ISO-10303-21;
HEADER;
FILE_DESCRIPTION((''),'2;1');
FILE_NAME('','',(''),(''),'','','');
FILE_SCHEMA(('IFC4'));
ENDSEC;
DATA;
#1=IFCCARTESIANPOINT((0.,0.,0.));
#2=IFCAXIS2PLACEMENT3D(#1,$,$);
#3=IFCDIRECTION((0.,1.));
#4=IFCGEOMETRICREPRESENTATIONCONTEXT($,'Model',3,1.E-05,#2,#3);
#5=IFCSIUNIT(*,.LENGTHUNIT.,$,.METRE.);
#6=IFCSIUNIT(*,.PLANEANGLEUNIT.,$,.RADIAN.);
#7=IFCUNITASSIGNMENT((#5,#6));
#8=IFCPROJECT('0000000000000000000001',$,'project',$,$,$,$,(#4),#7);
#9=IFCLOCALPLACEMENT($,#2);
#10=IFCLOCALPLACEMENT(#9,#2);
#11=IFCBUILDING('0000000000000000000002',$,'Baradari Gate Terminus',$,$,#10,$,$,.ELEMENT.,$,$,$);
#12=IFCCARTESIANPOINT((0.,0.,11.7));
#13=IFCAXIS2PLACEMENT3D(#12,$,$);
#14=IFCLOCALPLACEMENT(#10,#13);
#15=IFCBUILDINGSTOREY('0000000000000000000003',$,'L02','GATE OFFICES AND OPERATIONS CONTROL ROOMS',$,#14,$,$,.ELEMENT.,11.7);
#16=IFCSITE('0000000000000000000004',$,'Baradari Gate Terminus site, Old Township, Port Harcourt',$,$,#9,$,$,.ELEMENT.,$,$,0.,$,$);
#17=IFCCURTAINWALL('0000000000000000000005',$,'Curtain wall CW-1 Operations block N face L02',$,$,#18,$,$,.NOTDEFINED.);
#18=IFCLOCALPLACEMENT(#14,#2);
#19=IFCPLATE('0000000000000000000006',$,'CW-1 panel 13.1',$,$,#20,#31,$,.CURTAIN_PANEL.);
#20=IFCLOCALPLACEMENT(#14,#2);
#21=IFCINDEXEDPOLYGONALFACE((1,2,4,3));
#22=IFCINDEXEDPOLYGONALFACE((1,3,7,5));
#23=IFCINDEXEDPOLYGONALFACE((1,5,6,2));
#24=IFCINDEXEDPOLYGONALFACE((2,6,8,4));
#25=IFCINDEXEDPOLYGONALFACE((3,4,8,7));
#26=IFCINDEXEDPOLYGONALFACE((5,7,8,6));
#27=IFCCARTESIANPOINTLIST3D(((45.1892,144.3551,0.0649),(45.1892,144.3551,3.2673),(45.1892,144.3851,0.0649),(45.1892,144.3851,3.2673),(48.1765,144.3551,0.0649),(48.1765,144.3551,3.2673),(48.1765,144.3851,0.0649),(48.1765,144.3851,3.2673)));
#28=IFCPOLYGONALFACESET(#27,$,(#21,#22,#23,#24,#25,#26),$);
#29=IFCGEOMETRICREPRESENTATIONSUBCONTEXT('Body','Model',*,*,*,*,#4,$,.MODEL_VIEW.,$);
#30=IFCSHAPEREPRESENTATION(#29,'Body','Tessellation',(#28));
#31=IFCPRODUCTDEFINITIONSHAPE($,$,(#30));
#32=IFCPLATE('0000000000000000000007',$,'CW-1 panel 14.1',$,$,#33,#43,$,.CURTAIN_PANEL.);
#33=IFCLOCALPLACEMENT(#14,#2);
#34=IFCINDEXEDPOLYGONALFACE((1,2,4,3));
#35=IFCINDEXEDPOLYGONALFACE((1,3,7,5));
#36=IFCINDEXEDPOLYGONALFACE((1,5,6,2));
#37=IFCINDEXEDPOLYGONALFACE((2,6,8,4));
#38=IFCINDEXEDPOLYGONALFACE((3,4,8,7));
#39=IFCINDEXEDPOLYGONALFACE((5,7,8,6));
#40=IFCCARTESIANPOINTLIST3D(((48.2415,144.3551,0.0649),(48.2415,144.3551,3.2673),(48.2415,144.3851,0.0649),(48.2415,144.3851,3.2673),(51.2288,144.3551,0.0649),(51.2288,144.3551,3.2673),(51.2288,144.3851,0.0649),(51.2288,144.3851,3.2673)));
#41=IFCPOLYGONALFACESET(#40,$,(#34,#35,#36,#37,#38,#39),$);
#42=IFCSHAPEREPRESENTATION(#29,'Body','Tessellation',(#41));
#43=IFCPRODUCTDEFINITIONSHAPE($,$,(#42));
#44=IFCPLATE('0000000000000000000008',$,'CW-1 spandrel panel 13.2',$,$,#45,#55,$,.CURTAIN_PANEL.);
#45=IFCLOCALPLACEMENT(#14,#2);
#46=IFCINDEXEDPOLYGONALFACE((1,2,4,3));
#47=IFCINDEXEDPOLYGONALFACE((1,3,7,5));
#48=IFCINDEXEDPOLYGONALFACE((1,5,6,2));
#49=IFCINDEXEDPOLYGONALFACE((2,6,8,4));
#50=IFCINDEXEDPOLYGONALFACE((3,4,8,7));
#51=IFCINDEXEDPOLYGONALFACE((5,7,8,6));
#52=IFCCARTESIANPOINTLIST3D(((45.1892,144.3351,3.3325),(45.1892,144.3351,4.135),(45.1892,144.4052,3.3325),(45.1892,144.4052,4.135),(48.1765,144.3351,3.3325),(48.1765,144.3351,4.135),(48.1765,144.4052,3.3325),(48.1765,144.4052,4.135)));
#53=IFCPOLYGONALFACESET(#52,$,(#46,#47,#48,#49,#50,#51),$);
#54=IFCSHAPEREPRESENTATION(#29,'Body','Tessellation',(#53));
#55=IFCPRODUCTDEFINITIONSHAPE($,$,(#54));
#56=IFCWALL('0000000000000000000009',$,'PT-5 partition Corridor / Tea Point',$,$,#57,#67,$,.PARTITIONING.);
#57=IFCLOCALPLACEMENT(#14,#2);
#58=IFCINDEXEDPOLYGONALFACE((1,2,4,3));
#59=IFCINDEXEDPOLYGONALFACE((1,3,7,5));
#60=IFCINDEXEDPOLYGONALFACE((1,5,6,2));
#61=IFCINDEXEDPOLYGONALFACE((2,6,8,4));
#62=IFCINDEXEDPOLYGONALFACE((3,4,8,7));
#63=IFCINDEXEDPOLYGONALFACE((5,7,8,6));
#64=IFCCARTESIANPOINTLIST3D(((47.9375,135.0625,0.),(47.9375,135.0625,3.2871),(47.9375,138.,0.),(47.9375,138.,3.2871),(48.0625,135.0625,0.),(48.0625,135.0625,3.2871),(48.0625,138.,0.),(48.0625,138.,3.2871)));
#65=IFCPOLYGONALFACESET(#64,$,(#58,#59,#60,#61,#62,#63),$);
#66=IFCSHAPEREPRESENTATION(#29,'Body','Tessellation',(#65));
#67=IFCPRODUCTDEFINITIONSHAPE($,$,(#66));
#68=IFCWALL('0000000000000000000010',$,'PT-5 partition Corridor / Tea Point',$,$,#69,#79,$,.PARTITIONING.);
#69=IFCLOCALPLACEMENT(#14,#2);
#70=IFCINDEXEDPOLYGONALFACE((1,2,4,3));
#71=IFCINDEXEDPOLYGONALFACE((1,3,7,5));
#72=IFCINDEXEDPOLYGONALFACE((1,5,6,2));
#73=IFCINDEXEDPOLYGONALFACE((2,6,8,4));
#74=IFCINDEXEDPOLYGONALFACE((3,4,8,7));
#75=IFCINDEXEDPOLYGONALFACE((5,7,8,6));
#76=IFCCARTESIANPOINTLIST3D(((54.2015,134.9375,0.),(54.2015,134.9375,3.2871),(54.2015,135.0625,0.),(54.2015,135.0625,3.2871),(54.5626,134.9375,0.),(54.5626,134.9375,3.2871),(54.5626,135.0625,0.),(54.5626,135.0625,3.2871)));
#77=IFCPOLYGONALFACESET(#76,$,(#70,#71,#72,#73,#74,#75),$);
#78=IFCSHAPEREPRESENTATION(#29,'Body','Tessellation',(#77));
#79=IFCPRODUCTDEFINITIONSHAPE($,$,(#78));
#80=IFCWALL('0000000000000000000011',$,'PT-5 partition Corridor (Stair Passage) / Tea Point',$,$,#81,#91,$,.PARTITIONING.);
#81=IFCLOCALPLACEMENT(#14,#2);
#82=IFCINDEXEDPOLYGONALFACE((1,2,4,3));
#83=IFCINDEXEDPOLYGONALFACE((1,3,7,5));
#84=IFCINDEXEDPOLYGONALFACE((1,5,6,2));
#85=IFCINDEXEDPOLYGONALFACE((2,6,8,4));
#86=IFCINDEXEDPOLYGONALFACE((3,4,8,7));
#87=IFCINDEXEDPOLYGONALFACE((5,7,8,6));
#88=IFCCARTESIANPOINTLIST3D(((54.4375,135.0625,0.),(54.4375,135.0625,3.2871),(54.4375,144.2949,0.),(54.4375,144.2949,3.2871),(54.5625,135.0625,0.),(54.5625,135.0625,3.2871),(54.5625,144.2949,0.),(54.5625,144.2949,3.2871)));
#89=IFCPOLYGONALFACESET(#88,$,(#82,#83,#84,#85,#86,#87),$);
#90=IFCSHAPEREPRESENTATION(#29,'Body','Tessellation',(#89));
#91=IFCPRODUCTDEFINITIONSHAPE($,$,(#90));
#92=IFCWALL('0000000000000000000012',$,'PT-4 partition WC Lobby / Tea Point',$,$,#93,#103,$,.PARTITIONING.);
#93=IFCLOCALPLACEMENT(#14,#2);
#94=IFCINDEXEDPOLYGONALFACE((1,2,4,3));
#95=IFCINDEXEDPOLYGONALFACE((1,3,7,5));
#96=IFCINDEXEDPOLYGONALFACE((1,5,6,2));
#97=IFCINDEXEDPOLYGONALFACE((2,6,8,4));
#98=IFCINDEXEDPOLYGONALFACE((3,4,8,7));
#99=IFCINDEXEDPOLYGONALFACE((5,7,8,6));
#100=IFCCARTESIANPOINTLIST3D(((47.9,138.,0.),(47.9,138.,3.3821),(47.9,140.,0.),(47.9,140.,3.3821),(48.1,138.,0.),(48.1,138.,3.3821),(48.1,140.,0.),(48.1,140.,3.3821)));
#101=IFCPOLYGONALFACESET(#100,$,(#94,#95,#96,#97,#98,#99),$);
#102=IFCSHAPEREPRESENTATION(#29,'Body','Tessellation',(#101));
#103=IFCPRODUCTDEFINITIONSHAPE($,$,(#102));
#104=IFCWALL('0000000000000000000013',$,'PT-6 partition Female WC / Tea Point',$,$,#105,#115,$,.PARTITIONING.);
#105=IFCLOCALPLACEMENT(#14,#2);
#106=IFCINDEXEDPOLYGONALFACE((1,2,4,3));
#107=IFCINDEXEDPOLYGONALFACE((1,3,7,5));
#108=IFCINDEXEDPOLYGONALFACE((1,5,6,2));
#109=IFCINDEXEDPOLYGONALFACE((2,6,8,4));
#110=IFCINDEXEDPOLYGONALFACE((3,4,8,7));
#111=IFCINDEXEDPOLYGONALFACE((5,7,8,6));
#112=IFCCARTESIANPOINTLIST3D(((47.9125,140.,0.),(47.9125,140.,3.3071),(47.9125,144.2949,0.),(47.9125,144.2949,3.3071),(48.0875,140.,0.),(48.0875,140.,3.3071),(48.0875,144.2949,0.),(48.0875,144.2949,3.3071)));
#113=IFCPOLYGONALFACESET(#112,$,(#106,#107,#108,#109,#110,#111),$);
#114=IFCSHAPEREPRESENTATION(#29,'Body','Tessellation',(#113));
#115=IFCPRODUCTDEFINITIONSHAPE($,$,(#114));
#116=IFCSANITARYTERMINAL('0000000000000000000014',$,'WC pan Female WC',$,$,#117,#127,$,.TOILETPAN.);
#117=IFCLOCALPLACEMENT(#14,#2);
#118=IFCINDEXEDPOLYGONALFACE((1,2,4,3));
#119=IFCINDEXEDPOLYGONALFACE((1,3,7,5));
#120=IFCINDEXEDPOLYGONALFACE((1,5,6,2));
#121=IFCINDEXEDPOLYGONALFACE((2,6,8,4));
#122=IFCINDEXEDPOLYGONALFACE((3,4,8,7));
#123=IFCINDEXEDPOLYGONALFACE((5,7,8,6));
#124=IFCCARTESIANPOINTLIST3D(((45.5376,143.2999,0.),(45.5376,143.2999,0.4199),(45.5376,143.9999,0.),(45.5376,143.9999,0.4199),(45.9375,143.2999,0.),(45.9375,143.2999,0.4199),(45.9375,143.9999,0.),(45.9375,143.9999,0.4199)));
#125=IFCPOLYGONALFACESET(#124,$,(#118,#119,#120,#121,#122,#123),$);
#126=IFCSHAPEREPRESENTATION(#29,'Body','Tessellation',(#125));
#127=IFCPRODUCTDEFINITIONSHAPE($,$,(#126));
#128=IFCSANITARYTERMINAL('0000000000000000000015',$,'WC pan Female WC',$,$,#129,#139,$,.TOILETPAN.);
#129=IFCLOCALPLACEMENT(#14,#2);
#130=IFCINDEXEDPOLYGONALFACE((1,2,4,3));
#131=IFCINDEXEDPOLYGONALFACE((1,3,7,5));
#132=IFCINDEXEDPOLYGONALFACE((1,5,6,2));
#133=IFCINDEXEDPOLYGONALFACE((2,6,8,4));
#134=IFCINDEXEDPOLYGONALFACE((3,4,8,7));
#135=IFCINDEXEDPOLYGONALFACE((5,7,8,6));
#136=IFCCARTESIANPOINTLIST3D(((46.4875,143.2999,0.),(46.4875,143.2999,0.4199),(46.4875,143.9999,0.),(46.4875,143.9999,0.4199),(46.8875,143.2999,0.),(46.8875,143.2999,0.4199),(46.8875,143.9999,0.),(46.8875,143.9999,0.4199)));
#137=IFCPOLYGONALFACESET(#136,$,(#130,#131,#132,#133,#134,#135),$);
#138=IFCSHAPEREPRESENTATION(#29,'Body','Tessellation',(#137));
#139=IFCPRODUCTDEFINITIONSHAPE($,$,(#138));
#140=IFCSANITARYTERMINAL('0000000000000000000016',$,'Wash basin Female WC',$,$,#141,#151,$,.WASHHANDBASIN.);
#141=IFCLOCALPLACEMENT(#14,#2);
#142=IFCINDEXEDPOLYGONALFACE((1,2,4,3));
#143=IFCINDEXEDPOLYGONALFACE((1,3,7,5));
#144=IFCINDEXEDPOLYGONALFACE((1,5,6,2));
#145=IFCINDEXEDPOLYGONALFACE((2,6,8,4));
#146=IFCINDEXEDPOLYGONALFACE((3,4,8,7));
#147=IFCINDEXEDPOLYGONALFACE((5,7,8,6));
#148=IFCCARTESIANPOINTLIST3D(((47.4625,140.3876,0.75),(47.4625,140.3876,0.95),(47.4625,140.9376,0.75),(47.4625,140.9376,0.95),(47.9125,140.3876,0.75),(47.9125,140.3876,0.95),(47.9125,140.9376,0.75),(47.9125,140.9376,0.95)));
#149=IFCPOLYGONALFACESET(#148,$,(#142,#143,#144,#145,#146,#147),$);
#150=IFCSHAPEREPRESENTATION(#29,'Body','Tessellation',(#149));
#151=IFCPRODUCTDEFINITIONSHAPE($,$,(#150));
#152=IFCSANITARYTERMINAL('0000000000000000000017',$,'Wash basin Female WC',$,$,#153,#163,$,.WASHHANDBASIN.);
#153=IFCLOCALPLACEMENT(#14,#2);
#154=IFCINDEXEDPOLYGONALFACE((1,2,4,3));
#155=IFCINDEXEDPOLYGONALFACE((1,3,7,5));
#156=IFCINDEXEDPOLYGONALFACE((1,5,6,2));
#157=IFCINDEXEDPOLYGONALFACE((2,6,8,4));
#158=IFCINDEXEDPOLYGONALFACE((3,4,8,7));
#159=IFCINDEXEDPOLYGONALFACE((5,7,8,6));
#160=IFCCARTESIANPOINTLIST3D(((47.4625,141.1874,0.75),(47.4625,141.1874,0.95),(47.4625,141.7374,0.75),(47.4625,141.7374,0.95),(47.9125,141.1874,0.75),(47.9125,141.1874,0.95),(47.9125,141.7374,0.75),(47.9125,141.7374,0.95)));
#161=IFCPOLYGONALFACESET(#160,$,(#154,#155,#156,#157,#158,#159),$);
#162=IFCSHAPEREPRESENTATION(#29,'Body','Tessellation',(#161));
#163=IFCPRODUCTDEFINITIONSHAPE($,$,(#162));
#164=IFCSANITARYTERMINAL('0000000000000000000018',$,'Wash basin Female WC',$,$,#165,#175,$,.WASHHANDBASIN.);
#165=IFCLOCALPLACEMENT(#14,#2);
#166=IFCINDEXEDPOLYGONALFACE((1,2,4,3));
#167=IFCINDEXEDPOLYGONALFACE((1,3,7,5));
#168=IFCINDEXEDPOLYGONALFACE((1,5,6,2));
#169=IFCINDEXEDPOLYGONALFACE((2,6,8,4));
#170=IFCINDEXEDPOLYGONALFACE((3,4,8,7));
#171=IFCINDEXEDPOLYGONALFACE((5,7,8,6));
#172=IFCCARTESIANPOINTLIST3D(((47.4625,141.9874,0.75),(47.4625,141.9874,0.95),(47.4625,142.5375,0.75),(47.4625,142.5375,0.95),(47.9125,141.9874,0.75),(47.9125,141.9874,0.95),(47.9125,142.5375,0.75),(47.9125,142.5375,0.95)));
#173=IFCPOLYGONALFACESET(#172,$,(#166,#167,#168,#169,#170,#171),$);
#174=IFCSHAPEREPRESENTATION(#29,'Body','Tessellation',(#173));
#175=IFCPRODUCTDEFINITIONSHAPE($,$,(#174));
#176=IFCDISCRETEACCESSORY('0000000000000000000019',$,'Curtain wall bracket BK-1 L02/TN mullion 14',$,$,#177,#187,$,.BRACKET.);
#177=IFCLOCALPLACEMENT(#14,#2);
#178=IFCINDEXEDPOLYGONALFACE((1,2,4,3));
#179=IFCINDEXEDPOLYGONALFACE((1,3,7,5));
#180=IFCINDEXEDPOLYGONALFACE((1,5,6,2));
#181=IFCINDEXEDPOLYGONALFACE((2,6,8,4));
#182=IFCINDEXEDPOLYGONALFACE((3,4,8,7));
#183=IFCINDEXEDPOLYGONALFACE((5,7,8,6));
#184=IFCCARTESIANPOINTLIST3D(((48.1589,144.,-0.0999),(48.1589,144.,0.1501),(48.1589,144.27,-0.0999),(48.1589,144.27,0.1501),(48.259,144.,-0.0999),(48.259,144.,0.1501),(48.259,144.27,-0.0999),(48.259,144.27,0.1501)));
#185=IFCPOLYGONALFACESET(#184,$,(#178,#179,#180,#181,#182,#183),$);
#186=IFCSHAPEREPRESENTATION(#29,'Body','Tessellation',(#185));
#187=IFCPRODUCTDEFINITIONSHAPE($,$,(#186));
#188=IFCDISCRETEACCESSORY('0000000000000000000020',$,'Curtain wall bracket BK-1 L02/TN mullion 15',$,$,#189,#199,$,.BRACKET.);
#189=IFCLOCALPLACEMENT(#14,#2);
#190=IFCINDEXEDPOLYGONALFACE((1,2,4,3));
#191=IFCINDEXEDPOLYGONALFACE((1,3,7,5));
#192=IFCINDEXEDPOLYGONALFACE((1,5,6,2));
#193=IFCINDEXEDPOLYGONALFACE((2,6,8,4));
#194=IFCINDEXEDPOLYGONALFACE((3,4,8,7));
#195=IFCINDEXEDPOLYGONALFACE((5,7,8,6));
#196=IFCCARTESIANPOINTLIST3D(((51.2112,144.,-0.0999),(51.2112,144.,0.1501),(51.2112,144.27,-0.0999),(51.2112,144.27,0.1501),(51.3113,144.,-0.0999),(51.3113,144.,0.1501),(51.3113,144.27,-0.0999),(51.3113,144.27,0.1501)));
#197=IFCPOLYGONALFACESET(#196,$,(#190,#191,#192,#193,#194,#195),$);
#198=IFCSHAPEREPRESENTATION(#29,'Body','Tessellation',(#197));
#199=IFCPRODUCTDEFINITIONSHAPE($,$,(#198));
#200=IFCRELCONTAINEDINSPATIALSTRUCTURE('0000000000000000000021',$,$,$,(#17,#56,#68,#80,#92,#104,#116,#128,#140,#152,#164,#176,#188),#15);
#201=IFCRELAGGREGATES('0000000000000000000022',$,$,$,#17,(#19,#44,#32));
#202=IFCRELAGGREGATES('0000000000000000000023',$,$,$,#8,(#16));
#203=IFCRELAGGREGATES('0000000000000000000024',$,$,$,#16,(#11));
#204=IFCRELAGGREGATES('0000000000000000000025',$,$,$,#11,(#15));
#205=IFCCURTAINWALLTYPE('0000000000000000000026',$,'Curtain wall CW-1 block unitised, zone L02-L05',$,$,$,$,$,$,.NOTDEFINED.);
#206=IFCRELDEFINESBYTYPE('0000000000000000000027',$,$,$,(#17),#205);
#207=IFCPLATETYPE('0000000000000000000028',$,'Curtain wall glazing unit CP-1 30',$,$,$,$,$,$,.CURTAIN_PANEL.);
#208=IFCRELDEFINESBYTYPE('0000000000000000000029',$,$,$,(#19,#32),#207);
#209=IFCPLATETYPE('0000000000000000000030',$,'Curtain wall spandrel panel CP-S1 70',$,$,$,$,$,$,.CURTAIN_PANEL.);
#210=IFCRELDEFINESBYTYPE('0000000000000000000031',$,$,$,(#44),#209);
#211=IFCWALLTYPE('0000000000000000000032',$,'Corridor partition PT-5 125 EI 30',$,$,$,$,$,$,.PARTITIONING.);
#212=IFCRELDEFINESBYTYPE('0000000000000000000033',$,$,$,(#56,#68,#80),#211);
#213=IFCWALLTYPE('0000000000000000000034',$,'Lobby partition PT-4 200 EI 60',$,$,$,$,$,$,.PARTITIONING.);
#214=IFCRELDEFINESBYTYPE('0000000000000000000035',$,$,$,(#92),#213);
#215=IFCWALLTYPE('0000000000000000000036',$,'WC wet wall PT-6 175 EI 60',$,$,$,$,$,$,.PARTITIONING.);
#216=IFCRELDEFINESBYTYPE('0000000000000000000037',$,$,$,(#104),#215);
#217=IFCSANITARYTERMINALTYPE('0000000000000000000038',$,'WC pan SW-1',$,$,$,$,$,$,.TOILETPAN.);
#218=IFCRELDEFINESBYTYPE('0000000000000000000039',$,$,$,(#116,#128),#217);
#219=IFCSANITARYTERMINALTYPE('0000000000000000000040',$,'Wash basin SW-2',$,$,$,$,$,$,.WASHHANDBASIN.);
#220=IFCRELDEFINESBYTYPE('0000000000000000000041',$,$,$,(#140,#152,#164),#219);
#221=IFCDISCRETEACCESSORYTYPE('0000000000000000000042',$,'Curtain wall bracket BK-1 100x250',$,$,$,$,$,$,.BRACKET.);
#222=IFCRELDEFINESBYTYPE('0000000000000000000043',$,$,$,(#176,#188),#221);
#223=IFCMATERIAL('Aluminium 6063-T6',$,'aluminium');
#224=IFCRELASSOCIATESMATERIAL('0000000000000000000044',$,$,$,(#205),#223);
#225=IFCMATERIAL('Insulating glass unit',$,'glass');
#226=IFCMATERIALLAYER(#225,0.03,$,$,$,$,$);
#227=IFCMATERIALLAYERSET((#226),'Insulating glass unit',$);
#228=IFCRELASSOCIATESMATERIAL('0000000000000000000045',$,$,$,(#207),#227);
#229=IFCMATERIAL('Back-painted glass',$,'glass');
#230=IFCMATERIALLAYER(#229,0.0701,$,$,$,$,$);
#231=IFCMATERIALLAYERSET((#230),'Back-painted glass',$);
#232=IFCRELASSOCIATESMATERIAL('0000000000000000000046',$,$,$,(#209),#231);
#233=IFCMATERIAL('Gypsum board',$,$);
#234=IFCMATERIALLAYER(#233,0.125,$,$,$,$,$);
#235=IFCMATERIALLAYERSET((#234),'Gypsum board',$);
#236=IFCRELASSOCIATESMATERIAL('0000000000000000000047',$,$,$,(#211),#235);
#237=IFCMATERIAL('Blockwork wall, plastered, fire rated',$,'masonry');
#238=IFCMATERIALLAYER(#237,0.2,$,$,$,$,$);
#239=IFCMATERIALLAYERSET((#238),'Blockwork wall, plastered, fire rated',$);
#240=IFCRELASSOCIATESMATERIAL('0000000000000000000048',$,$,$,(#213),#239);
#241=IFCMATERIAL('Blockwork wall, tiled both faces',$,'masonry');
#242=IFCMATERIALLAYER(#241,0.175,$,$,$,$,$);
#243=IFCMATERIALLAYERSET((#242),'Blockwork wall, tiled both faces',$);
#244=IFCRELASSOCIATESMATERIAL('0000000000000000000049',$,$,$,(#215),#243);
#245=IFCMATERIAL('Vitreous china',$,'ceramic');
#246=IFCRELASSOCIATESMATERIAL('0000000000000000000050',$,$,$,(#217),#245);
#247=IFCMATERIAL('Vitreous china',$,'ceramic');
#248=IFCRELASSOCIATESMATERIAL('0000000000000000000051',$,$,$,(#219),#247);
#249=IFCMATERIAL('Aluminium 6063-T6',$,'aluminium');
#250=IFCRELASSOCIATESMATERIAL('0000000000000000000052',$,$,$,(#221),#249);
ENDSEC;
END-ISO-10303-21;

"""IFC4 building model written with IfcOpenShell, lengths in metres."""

from ifc_helpers import new_model, si_unit, direction, frame, frame_2d, origin, origin_2d, place, context, subcontext, project, spatial, rectangle, extrude, material, layer, layer_set, type_object, element, aggregate, save


model = new_model("IFC4")

# Units and contexts
model_context = context("Model", 3, precision=1e-05, world=origin(), true_north=direction((0.0, 1.0)))
body_context = subcontext(model_context, "Body", "Model", "MODEL_VIEW")
ifc_project = project(units=[si_unit("LENGTHUNIT", "METRE"), si_unit("PLANEANGLEUNIT", "RADIAN")], contexts=[model_context])

# Site, building, storey
site_placement = place(None, origin())
site = spatial("IfcSite", under=ifc_project, at=site_placement, Name="Baradari Gate Terminus site, Old Township, Port Harcourt", CompositionType="ELEMENT", RefElevation=0.0)
building_placement = place(site_placement, origin())
building = spatial("IfcBuilding", under=site, at=building_placement, Name="Baradari Gate Terminus", CompositionType="ELEMENT")
storey_placement = place(building_placement, frame((0.0, 0.0, 11.7)))
storey = spatial("IfcBuildingStorey", under=building, at=storey_placement, Name="L02", Description="GATE OFFICES AND OPERATIONS CONTROL ROOMS", CompositionType="ELEMENT", Elevation=11.7)

# Curtain wall
ifc_material_1 = material(Name="Aluminium 6063-T6", Category="aluminium")
curtain_wall_type = type_object("IfcCurtainWallType", Name="Curtain wall CW-1 block unitised, zone L02-L05", PredefinedType="NOTDEFINED", material=ifc_material_1)
curtain_wall_placement = place(storey_placement, origin())
curtain_wall = element("IfcCurtainWall", 1, at=curtain_wall_placement, inside=storey, type_object=curtain_wall_type, Name="Curtain wall CW-1 Operations block N face L02", PredefinedType="NOTDEFINED")

# Plates
ifc_material_2 = material(Name="Insulating glass unit", Category="glass")
ifc_layer_1 = layer(ifc_material_2, 0.03)
ifc_layer_set_1 = layer_set([ifc_layer_1], Name="Insulating glass unit")
plate_type_1 = type_object("IfcPlateType", Name="Curtain wall glazing unit CP-1 30", PredefinedType="CURTAIN_PANEL", material=ifc_layer_set_1)
plate_1_placement = place(storey_placement, frame((46.6829, 144.3701, 0.0649), z_axis=(0.0, 0.0, 1.0), x_axis=(1.0, 0.0, 0.0)))
plate_1 = element("IfcPlate", 2, at=plate_1_placement, type_object=plate_type_1, Name="CW-1 panel 13.1", PredefinedType="CURTAIN_PANEL", context=body_context, shape_type="SweptSolid", body=[
    extrude(rectangle(XDim=2.9873, YDim=0.03, at=origin_2d()), origin(), (0.0, 0.0, 1.0), 3.2024),
])
plate_2_placement = place(storey_placement, frame((49.7351, 144.3701, 0.0649), z_axis=(0.0, 0.0, 1.0), x_axis=(1.0, 0.0, 0.0)))
plate_2 = element("IfcPlate", 3, at=plate_2_placement, type_object=plate_type_1, Name="CW-1 panel 14.1", PredefinedType="CURTAIN_PANEL", context=body_context, shape_type="SweptSolid", body=[
    extrude(rectangle(XDim=2.9873, YDim=0.03, at=origin_2d()), origin(), (0.0, 0.0, 1.0), 3.2024),
])
ifc_material_3 = material(Name="Back-painted glass", Category="glass")
ifc_layer_2 = layer(ifc_material_3, 0.0701)
ifc_layer_set_2 = layer_set([ifc_layer_2], Name="Back-painted glass")
plate_type_2 = type_object("IfcPlateType", Name="Curtain wall spandrel panel CP-S1 70", PredefinedType="CURTAIN_PANEL", material=ifc_layer_set_2)
plate_3_placement = place(storey_placement, frame((46.6829, 144.3701, 3.3325), z_axis=(0.0, 0.0, 1.0), x_axis=(1.0, 0.0, 0.0)))
plate_3 = element("IfcPlate", 4, at=plate_3_placement, type_object=plate_type_2, Name="CW-1 spandrel panel 13.2", PredefinedType="CURTAIN_PANEL", context=body_context, shape_type="SweptSolid", body=[
    extrude(rectangle(XDim=2.9873, YDim=0.0701, at=origin_2d()), origin(), (0.0, 0.0, 1.0), 0.8025),
])
aggregate(curtain_wall, [plate_1, plate_3, plate_2])

# Walls
ifc_material_4 = material(Name="Gypsum board")
ifc_layer_3 = layer(ifc_material_4, 0.125)
ifc_layer_set_3 = layer_set([ifc_layer_3], Name="Gypsum board")
wall_type_1 = type_object("IfcWallType", Name="Corridor partition PT-5 125 EI 30", PredefinedType="PARTITIONING", material=ifc_layer_set_3)
wall_1_placement = place(storey_placement, frame((48.0, 138.0, 0.0), z_axis=(0.0, 0.0, 1.0), x_axis=(0.0, -1.0, 0.0)))
element("IfcWall", 5, at=wall_1_placement, inside=storey, type_object=wall_type_1, Name="PT-5 partition Corridor / Tea Point", PredefinedType="PARTITIONING", context=body_context, shape_type="SweptSolid", body=[
    extrude(rectangle(XDim=2.9375, YDim=0.125, at=frame_2d((1.4688, 0.0))), origin(), (0.0, 0.0, 1.0), 3.2871),
])
wall_2_placement = place(storey_placement, frame((54.2014, 135.0, 0.0), z_axis=(0.0, 0.0, 1.0), x_axis=(1.0, 0.0, 0.0)))
element("IfcWall", 6, at=wall_2_placement, inside=storey, type_object=wall_type_1, Name="PT-5 partition Corridor / Tea Point", PredefinedType="PARTITIONING", context=body_context, shape_type="SweptSolid", body=[
    extrude(rectangle(XDim=0.3611, YDim=0.125, at=frame_2d((0.1807, 0.0))), origin(), (0.0, 0.0, 1.0), 3.2871),
])
wall_3_placement = place(storey_placement, frame((54.5, 135.0625, 0.0), z_axis=(0.0, 0.0, 1.0), x_axis=(0.0, 1.0, 0.0)))
element("IfcWall", 7, at=wall_3_placement, inside=storey, type_object=wall_type_1, Name="PT-5 partition Corridor (Stair Passage) / Tea Point", PredefinedType="PARTITIONING", context=body_context, shape_type="SweptSolid", body=[
    extrude(rectangle(XDim=9.2324, YDim=0.125, at=frame_2d((4.6162, 0.0))), origin(), (0.0, 0.0, 1.0), 3.2871),
])
ifc_material_5 = material(Name="Blockwork wall, plastered, fire rated", Category="masonry")
ifc_layer_4 = layer(ifc_material_5, 0.2)
ifc_layer_set_4 = layer_set([ifc_layer_4], Name="Blockwork wall, plastered, fire rated")
wall_type_2 = type_object("IfcWallType", Name="Lobby partition PT-4 200 EI 60", PredefinedType="PARTITIONING", material=ifc_layer_set_4)
wall_4_placement = place(storey_placement, frame((48.0, 140.0, 0.0), z_axis=(0.0, 0.0, 1.0), x_axis=(0.0, -1.0, 0.0)))
element("IfcWall", 8, at=wall_4_placement, inside=storey, type_object=wall_type_2, Name="PT-4 partition WC Lobby / Tea Point", PredefinedType="PARTITIONING", context=body_context, shape_type="SweptSolid", body=[
    extrude(rectangle(XDim=2.0, YDim=0.2, at=frame_2d((1.0, 0.0))), origin(), (0.0, 0.0, 1.0), 3.3821),
])
ifc_material_6 = material(Name="Blockwork wall, tiled both faces", Category="masonry")
ifc_layer_5 = layer(ifc_material_6, 0.175)
ifc_layer_set_5 = layer_set([ifc_layer_5], Name="Blockwork wall, tiled both faces")
wall_type_3 = type_object("IfcWallType", Name="WC wet wall PT-6 175 EI 60", PredefinedType="PARTITIONING", material=ifc_layer_set_5)
wall_5_placement = place(storey_placement, frame((48.0, 144.2949, 0.0), z_axis=(0.0, 0.0, 1.0), x_axis=(0.0, -1.0, 0.0)))
element("IfcWall", 9, at=wall_5_placement, inside=storey, type_object=wall_type_3, Name="PT-6 partition Female WC / Tea Point", PredefinedType="PARTITIONING", context=body_context, shape_type="SweptSolid", body=[
    extrude(rectangle(XDim=4.2949, YDim=0.175, at=frame_2d((2.1475, 0.0))), origin(), (0.0, 0.0, 1.0), 3.3071),
])

# Sanitary terminals
ifc_material_7 = material(Name="Vitreous china", Category="ceramic")
sanitary_terminal_type_1 = type_object("IfcSanitaryTerminalType", Name="WC pan SW-1", PredefinedType="TOILETPAN", material=ifc_material_7)
for number, where, z_axis, x_axis, name in (
    (10, (45.7375, 143.6499, 0.0), (0.0, 0.0, 1.0), (1.0, 0.0, 0.0), "WC pan Female WC"),
    (11, (46.6875, 143.6499, 0.0), (0.0, 0.0, 1.0), (1.0, 0.0, 0.0), "WC pan Female WC"),
):
    element("IfcSanitaryTerminal", number, at=place(storey_placement, frame(where, z_axis=z_axis, x_axis=x_axis)), inside=storey, type_object=sanitary_terminal_type_1, Name=name, PredefinedType="TOILETPAN", context=body_context, shape_type="SweptSolid", body=[
        extrude(rectangle(XDim=0.3999, YDim=0.7, at=origin_2d()), origin(), (0.0, 0.0, 1.0), 0.4199),
    ])
ifc_material_8 = material(Name="Vitreous china", Category="ceramic")
sanitary_terminal_type_2 = type_object("IfcSanitaryTerminalType", Name="Wash basin SW-2", PredefinedType="WASHHANDBASIN", material=ifc_material_8)
for number, where, z_axis, x_axis, name in (
    (12, (47.6875, 140.6626, 0.75), (0.0, 0.0, 1.0), (1.0, 0.0, 0.0), "Wash basin Female WC"),
    (13, (47.6875, 141.4624, 0.75), (0.0, 0.0, 1.0), (1.0, 0.0, 0.0), "Wash basin Female WC"),
    (14, (47.6875, 142.2625, 0.75), (0.0, 0.0, 1.0), (1.0, 0.0, 0.0), "Wash basin Female WC"),
):
    element("IfcSanitaryTerminal", number, at=place(storey_placement, frame(where, z_axis=z_axis, x_axis=x_axis)), inside=storey, type_object=sanitary_terminal_type_2, Name=name, PredefinedType="WASHHANDBASIN", context=body_context, shape_type="SweptSolid", body=[
        extrude(rectangle(XDim=0.45, YDim=0.55, at=origin_2d()), origin(), (0.0, 0.0, 1.0), 0.2),
    ])

# Discrete accessories
ifc_material_9 = material(Name="Aluminium 6063-T6", Category="aluminium")
discrete_accessory_type = type_object("IfcDiscreteAccessoryType", Name="Curtain wall bracket BK-1 100x250", PredefinedType="BRACKET", material=ifc_material_9)
for number, where, z_axis, x_axis, name in (
    (15, (48.209, 144.135, -0.0999), (0.0, 0.0, 1.0), (0.0, 1.0, 0.0), "Curtain wall bracket BK-1 L02/TN mullion 14"),
    (16, (51.2612, 144.135, -0.0999), (0.0, 0.0, 1.0), (0.0, 1.0, 0.0), "Curtain wall bracket BK-1 L02/TN mullion 15"),
):
    element("IfcDiscreteAccessory", number, at=place(storey_placement, frame(where, z_axis=z_axis, x_axis=x_axis)), inside=storey, type_object=discrete_accessory_type, Name=name, PredefinedType="BRACKET", context=body_context, shape_type="SweptSolid", body=[
        extrude(rectangle(XDim=0.27, YDim=0.1001, at=origin_2d()), origin(), (0.0, 0.0, 1.0), 0.25),
    ])

save(model, "model.ifc")
